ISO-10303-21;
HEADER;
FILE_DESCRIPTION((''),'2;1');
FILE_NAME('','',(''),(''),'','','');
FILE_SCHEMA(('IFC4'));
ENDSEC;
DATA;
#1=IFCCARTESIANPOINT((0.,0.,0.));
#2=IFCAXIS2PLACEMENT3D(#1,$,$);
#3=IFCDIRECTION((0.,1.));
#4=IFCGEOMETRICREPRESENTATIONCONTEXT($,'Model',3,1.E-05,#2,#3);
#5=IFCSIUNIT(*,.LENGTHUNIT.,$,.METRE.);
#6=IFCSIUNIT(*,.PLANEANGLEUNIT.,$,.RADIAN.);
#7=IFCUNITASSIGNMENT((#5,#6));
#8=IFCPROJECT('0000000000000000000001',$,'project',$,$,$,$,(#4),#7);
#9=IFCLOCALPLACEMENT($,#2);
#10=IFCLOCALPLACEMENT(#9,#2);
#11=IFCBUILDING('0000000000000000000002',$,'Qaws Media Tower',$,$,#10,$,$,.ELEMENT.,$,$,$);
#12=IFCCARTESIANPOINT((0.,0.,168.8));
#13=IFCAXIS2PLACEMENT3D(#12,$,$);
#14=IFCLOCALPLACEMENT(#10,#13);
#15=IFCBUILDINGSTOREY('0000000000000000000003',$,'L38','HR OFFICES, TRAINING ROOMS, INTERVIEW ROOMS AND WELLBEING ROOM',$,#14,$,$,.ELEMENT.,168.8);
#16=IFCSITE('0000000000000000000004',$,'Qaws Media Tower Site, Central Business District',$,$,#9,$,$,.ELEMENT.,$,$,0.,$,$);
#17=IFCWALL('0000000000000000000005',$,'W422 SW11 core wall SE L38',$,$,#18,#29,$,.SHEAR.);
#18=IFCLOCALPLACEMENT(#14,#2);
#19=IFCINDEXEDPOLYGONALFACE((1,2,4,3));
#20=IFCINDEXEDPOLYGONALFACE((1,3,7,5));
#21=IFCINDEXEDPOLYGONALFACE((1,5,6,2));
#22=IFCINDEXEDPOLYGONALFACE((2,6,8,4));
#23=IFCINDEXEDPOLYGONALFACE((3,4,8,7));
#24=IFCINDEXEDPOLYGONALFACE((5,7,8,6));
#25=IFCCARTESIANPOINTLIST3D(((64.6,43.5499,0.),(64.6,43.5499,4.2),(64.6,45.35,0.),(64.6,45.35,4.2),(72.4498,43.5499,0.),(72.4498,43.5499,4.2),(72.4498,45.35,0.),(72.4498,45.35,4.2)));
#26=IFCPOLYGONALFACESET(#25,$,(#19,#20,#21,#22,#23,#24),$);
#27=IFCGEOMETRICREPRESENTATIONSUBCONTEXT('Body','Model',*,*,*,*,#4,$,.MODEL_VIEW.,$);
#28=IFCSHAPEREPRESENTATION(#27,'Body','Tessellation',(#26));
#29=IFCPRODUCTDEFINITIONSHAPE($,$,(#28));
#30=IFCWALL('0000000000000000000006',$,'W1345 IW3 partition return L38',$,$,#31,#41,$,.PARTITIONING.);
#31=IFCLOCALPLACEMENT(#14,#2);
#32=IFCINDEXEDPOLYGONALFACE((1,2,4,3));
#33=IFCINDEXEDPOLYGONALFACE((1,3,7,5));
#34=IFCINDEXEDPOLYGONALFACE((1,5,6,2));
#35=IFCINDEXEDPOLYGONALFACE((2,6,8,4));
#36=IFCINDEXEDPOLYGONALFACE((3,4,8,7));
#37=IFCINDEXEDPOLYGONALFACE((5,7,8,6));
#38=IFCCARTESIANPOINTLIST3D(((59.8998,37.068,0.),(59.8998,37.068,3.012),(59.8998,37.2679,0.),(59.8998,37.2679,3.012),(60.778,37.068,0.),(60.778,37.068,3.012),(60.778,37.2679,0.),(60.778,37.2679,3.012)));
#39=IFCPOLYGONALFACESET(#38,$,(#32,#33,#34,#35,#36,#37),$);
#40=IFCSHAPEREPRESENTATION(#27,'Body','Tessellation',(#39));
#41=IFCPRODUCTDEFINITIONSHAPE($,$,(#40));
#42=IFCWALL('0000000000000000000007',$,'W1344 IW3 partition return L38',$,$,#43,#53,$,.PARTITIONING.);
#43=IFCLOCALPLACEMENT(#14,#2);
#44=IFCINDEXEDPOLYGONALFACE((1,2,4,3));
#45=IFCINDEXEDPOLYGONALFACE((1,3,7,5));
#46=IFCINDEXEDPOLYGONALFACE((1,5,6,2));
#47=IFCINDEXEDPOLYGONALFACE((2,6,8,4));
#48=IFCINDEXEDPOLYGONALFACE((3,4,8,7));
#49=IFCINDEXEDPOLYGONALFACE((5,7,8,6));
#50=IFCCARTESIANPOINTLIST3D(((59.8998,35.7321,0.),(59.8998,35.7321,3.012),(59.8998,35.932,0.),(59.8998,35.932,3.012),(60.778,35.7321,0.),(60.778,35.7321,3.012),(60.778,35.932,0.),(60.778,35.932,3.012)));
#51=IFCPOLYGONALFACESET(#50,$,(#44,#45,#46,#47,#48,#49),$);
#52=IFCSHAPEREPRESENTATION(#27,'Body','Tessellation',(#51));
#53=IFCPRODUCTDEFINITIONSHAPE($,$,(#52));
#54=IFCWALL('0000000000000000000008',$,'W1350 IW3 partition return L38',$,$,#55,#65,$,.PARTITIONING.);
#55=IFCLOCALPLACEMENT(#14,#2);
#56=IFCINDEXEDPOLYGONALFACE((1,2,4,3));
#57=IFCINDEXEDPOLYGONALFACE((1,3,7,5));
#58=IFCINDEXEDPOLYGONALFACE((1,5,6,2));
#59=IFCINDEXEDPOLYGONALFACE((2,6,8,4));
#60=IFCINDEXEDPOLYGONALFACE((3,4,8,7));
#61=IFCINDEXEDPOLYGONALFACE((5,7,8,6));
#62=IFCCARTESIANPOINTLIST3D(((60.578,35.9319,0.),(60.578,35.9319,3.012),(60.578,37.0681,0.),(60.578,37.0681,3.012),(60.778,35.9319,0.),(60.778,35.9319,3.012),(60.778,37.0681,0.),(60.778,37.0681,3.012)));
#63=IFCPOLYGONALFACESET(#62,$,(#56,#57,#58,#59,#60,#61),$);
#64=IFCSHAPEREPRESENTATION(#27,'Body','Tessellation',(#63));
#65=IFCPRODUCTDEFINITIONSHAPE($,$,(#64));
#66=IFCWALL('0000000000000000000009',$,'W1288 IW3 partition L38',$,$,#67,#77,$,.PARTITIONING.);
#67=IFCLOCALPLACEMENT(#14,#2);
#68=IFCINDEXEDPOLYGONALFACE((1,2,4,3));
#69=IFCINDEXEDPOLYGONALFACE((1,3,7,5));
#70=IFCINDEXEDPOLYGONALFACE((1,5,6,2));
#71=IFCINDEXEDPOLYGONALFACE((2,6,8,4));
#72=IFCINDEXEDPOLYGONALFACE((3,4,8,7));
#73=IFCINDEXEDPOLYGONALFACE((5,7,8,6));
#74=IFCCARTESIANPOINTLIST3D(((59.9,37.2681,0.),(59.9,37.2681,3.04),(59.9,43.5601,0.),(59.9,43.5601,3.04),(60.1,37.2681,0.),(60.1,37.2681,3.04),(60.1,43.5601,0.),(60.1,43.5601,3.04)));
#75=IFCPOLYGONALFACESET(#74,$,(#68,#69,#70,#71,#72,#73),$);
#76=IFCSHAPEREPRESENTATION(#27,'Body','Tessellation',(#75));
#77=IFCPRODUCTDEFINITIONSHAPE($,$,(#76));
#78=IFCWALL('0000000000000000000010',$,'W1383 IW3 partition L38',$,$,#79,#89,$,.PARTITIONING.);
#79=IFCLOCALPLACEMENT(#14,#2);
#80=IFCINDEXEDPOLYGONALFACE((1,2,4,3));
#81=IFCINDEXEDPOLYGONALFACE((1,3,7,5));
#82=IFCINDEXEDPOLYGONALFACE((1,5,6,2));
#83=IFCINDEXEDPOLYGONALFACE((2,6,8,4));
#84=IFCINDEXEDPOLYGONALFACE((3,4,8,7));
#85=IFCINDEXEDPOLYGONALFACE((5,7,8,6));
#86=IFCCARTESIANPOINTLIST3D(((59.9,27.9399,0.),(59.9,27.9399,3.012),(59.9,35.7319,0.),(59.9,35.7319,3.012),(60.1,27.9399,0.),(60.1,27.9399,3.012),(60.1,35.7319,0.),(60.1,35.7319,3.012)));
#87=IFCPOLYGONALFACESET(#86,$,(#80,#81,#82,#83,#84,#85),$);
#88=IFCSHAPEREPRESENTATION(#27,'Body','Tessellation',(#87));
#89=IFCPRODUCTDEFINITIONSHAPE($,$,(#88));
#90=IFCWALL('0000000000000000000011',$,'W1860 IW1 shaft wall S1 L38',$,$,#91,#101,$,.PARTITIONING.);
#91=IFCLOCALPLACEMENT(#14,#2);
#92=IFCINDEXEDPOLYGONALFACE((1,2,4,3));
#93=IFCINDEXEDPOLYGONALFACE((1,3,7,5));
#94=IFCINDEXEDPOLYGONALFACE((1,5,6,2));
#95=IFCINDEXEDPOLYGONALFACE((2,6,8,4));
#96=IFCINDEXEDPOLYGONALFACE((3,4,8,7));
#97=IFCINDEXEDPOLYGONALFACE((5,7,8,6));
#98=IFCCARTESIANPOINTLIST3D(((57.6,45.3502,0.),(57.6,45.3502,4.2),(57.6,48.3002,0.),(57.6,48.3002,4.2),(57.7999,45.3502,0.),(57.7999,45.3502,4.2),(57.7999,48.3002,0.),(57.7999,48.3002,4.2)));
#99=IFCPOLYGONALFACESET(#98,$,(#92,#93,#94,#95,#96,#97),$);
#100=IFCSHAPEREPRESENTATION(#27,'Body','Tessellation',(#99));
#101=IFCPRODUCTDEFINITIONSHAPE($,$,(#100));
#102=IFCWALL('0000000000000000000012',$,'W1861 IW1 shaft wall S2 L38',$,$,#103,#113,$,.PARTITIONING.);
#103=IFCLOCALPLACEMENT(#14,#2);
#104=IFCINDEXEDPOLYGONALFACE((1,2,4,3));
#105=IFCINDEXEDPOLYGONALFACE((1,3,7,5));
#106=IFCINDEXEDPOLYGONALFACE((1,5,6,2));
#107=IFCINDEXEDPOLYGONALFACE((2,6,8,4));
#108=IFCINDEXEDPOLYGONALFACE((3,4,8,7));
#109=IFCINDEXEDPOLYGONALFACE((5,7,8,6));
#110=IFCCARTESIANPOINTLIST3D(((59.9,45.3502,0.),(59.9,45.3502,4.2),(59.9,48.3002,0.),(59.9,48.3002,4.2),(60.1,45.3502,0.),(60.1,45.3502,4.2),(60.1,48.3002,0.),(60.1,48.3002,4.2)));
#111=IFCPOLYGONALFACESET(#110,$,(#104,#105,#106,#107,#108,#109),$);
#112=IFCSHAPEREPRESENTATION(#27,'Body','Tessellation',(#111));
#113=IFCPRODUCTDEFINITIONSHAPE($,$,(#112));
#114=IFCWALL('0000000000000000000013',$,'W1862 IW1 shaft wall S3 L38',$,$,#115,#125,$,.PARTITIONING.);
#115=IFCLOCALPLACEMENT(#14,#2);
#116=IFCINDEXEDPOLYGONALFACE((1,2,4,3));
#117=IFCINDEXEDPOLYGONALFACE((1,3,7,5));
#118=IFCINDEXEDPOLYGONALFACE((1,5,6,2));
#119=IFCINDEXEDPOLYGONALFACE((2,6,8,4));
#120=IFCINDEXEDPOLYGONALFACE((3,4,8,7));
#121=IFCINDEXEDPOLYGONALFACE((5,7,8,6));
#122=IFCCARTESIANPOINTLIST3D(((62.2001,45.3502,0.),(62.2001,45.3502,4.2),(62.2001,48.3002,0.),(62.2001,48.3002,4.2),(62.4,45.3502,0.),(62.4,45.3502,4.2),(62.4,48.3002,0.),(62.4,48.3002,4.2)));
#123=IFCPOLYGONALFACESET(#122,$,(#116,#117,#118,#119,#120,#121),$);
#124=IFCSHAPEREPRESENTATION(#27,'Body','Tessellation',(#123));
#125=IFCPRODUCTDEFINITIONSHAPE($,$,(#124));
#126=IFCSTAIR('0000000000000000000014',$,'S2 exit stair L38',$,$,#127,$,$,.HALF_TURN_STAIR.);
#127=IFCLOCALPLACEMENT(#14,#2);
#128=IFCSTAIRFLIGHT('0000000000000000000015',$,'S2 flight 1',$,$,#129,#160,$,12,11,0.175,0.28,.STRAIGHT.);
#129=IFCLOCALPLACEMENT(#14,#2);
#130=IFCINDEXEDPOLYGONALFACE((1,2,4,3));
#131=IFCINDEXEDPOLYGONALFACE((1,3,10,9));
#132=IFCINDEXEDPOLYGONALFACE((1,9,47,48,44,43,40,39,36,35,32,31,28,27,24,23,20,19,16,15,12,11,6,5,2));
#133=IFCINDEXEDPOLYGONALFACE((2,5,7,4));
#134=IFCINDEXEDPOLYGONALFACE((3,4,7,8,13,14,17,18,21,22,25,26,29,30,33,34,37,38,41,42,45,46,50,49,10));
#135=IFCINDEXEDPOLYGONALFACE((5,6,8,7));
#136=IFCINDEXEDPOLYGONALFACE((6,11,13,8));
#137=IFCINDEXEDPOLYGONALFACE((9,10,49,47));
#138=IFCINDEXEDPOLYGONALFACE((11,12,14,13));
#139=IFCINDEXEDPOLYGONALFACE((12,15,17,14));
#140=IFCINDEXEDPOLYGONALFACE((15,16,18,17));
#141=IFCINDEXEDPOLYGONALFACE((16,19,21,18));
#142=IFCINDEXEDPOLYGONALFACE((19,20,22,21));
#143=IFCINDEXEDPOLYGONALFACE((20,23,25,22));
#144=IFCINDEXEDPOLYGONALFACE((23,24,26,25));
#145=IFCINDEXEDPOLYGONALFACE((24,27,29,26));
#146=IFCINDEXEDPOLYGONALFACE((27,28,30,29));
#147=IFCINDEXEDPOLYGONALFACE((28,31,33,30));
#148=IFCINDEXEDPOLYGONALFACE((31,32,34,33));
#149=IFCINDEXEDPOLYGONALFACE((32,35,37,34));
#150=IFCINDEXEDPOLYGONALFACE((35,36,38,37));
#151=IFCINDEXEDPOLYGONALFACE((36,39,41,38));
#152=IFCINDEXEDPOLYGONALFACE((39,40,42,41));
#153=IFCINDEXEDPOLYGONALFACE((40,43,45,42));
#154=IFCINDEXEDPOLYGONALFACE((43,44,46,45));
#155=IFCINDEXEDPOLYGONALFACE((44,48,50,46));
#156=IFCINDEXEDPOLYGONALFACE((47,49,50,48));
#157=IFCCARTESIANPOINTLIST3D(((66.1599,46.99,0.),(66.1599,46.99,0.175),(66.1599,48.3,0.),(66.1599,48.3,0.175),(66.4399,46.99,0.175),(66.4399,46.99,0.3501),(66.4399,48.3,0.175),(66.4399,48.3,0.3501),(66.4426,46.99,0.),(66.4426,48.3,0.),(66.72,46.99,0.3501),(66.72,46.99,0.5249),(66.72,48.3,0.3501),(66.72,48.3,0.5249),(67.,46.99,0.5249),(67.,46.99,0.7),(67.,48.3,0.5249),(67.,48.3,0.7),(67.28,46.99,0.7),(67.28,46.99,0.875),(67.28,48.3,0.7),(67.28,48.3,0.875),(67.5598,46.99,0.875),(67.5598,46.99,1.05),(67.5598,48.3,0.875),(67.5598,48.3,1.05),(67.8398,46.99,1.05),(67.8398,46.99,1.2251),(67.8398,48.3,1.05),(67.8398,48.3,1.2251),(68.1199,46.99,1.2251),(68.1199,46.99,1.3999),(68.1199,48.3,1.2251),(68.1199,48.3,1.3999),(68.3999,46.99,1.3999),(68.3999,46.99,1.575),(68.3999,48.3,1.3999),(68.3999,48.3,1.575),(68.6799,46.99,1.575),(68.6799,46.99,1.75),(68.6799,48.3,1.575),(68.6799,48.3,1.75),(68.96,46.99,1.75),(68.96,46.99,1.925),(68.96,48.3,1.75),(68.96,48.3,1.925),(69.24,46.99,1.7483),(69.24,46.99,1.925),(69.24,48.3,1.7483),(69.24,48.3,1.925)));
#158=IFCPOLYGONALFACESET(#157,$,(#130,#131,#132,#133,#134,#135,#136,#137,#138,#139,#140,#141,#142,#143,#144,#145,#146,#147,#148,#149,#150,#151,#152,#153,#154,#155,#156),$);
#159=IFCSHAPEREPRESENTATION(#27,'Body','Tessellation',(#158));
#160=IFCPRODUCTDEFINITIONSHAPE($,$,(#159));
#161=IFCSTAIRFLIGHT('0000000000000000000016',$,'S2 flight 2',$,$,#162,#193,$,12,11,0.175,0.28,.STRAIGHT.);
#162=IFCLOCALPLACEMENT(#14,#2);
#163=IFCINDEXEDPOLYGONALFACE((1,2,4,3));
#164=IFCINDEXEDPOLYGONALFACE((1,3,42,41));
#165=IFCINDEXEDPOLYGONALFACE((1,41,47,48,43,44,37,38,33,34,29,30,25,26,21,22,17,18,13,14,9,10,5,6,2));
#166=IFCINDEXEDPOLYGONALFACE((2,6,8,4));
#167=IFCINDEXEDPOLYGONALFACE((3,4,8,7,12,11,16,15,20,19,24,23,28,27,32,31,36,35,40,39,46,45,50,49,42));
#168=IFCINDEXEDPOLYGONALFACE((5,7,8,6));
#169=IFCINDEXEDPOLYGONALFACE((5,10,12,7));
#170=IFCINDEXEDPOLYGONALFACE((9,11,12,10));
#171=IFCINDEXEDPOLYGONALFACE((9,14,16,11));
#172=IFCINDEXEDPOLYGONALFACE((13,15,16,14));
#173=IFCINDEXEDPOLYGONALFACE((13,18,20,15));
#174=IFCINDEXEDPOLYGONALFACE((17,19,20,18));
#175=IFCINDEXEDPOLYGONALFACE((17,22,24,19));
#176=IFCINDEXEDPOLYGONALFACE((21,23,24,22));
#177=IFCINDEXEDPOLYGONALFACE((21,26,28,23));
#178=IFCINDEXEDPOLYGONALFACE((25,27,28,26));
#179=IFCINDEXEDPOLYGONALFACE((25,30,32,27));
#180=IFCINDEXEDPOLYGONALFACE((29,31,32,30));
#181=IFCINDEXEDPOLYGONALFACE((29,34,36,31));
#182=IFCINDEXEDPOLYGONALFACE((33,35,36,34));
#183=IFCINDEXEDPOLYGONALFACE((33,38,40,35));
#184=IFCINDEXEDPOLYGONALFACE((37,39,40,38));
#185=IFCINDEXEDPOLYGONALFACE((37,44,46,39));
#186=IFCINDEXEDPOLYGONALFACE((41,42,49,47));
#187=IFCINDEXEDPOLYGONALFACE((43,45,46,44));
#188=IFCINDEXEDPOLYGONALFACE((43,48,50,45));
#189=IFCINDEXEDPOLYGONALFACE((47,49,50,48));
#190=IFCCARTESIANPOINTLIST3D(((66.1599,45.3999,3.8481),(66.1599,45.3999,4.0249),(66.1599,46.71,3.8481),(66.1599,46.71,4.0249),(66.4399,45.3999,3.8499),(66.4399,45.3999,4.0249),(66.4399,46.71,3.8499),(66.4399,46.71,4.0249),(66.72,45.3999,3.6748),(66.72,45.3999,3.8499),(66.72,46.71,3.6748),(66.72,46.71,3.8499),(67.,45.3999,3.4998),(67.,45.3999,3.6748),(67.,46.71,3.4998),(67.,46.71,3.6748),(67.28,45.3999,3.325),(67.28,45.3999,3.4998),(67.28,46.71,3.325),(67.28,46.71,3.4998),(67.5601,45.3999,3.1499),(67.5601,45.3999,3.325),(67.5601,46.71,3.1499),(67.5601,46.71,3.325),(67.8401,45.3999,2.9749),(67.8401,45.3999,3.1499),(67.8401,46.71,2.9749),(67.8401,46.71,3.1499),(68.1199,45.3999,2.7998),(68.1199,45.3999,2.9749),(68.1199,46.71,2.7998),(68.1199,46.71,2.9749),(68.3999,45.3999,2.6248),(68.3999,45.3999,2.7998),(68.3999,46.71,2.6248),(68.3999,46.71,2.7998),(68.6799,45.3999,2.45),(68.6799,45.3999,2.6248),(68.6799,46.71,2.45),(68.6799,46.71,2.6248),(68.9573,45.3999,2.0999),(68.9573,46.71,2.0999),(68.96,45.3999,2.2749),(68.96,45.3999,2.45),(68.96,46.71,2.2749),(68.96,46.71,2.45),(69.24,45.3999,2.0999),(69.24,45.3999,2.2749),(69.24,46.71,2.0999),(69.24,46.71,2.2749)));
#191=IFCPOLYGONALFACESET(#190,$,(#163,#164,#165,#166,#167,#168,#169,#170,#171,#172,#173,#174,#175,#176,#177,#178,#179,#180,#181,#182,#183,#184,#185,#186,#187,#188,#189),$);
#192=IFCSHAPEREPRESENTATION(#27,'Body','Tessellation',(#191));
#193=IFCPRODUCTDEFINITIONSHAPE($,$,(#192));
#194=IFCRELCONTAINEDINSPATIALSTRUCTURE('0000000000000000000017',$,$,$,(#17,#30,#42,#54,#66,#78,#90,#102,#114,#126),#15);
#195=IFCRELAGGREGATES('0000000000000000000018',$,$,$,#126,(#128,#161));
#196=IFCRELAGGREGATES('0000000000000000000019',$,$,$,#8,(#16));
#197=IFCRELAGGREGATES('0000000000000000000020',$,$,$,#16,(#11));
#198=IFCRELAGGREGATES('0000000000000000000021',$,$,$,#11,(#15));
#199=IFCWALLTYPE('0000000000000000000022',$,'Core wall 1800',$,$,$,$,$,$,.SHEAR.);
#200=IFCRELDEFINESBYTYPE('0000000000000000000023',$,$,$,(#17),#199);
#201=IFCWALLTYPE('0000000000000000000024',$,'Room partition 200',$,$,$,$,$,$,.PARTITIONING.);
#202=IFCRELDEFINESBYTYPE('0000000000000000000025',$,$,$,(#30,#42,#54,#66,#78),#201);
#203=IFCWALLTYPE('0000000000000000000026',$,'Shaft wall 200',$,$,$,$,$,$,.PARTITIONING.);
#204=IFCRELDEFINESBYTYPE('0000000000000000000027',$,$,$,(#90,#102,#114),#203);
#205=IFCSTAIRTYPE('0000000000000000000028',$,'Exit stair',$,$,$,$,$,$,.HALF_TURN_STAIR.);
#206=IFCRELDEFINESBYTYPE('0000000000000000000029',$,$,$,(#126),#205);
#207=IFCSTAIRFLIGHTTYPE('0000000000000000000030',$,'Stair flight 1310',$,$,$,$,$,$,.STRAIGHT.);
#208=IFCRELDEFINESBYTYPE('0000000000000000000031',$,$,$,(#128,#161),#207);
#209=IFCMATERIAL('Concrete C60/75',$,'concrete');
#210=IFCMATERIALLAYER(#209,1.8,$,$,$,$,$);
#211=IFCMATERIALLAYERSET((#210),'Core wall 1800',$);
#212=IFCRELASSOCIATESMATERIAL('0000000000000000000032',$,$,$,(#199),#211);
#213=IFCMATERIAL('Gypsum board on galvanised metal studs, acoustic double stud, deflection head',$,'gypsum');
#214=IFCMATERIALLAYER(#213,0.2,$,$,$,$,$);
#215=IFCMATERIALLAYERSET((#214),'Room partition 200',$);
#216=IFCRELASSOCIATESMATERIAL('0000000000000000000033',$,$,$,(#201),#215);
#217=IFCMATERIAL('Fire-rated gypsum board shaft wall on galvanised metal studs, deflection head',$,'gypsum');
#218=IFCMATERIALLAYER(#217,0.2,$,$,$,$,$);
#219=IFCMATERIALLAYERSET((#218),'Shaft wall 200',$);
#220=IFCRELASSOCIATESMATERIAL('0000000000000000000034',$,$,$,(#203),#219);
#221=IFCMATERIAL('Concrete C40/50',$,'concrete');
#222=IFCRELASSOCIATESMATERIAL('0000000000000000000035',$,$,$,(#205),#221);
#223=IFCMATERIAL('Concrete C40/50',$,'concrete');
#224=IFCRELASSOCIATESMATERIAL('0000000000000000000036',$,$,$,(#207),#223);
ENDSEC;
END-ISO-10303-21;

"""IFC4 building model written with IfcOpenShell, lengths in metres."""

from ifc_helpers import new_model, si_unit, direction, frame, frame_2d, origin, place, context, subcontext, project, spatial, polyline, rectangle, outline, extrude, material, layer, layer_set, type_object, element, aggregate, save


model = new_model("IFC4")

# Units and contexts
model_context = context("Model", 3, precision=1e-05, world=origin(), true_north=direction((0.0, 1.0)))
body_context = subcontext(model_context, "Body", "Model", "MODEL_VIEW")
ifc_project = project(units=[si_unit("LENGTHUNIT", "METRE"), si_unit("PLANEANGLEUNIT", "RADIAN")], contexts=[model_context])

# Site, building, storey
site_placement = place(None, origin())
site = spatial("IfcSite", under=ifc_project, at=site_placement, Name="Qaws Media Tower Site, Central Business District", CompositionType="ELEMENT", RefElevation=0.0)
building_placement = place(site_placement, origin())
building = spatial("IfcBuilding", under=site, at=building_placement, Name="Qaws Media Tower", CompositionType="ELEMENT")
storey_placement = place(building_placement, frame((0.0, 0.0, 168.8)))
storey = spatial("IfcBuildingStorey", under=building, at=storey_placement, Name="L38", Description="HR OFFICES, TRAINING ROOMS, INTERVIEW ROOMS AND WELLBEING ROOM", CompositionType="ELEMENT", Elevation=168.8)

# Walls
ifc_material_1 = material(Name="Concrete C60/75", Category="concrete")
ifc_layer_1 = layer(ifc_material_1, 1.8)
ifc_layer_set_1 = layer_set([ifc_layer_1], Name="Core wall 1800")
wall_type_1 = type_object("IfcWallType", Name="Core wall 1800", PredefinedType="SHEAR", material=ifc_layer_set_1)
wall_1_placement = place(storey_placement, frame((64.6001, 44.45, 0.0), z_axis=(0.0, 0.0, 1.0), x_axis=(1.0, 0.0, 0.0)))
element("IfcWall", 1, at=wall_1_placement, inside=storey, type_object=wall_type_1, Name="W422 SW11 core wall SE L38", PredefinedType="SHEAR", context=body_context, shape_type="SweptSolid", body=[
    extrude(rectangle(XDim=7.8499, YDim=1.8, at=frame_2d((3.9248, 0.0))), origin(), (0.0, 0.0, 1.0), 4.2),
])
ifc_material_2 = material(Name="Gypsum board on galvanised metal studs, acoustic double stud, deflection head", Category="gypsum")
ifc_layer_2 = layer(ifc_material_2, 0.2)
ifc_layer_set_2 = layer_set([ifc_layer_2], Name="Room partition 200")
wall_type_2 = type_object("IfcWallType", Name="Room partition 200", PredefinedType="PARTITIONING", material=ifc_layer_set_2)
for number, where, z_axis, x_axis, name in (
    (2, (59.8999, 37.168, 0.0), (0.0, 0.0, 1.0), (1.0, 0.0, 0.0), "W1345 IW3 partition return L38"),
    (3, (59.8999, 35.832, 0.0), (0.0, 0.0, 1.0), (1.0, 0.0, 0.0), "W1344 IW3 partition return L38"),
):
    element("IfcWall", number, at=place(storey_placement, frame(where, z_axis=z_axis, x_axis=x_axis)), inside=storey, type_object=wall_type_2, Name=name, PredefinedType="PARTITIONING", context=body_context, shape_type="SweptSolid", body=[
        extrude(rectangle(XDim=0.8782, YDim=0.2, at=frame_2d((0.439, 0.0))), origin(), (0.0, 0.0, 1.0), 3.012),
    ])
wall_2_placement = place(storey_placement, frame((60.678, 37.0681, 0.0), z_axis=(0.0, 0.0, 1.0), x_axis=(0.0, -1.0, 0.0)))
element("IfcWall", 4, at=wall_2_placement, inside=storey, type_object=wall_type_2, Name="W1350 IW3 partition return L38", PredefinedType="PARTITIONING", context=body_context, shape_type="SweptSolid", body=[
    extrude(rectangle(XDim=1.1362, YDim=0.2, at=frame_2d((0.5681, 0.0))), origin(), (0.0, 0.0, 1.0), 3.012),
])
wall_3_placement = place(storey_placement, frame((60.0, 43.5601, 0.0), z_axis=(0.0, 0.0, 1.0), x_axis=(0.0, -1.0, 0.0)))
element("IfcWall", 5, at=wall_3_placement, inside=storey, type_object=wall_type_2, Name="W1288 IW3 partition L38", PredefinedType="PARTITIONING", context=body_context, shape_type="SweptSolid", body=[
    extrude(rectangle(XDim=6.292, YDim=0.2, at=frame_2d((3.146, 0.0))), origin(), (0.0, 0.0, 1.0), 3.04),
])
wall_4_placement = place(storey_placement, frame((60.0, 35.7319, 0.0), z_axis=(0.0, 0.0, 1.0), x_axis=(0.0, -1.0, 0.0)))
element("IfcWall", 6, at=wall_4_placement, inside=storey, type_object=wall_type_2, Name="W1383 IW3 partition L38", PredefinedType="PARTITIONING", context=body_context, shape_type="SweptSolid", body=[
    extrude(rectangle(XDim=7.792, YDim=0.2, at=frame_2d((3.896, 0.0))), origin(), (0.0, 0.0, 1.0), 3.012),
])
ifc_material_3 = material(Name="Fire-rated gypsum board shaft wall on galvanised metal studs, deflection head", Category="gypsum")
ifc_layer_3 = layer(ifc_material_3, 0.2)
ifc_layer_set_3 = layer_set([ifc_layer_3], Name="Shaft wall 200")
wall_type_3 = type_object("IfcWallType", Name="Shaft wall 200", PredefinedType="PARTITIONING", material=ifc_layer_set_3)
for number, where, z_axis, x_axis, name in (
    (7, (57.7, 45.3501, 0.0), (0.0, 0.0, 1.0), (0.0, 1.0, 0.0), "W1860 IW1 shaft wall S1 L38"),
    (8, (60.0, 45.3501, 0.0), (0.0, 0.0, 1.0), (0.0, 1.0, 0.0), "W1861 IW1 shaft wall S2 L38"),
    (9, (62.3, 45.3501, 0.0), (0.0, 0.0, 1.0), (0.0, 1.0, 0.0), "W1862 IW1 shaft wall S3 L38"),
):
    element("IfcWall", number, at=place(storey_placement, frame(where, z_axis=z_axis, x_axis=x_axis)), inside=storey, type_object=wall_type_3, Name=name, PredefinedType="PARTITIONING", context=body_context, shape_type="SweptSolid", body=[
        extrude(rectangle(XDim=2.95, YDim=0.2, at=frame_2d((1.4751, 0.0))), origin(), (0.0, 0.0, 1.0), 4.2),
    ])

# Stair, stair flights
ifc_material_4 = material(Name="Concrete C40/50", Category="concrete")
stair_type = type_object("IfcStairType", Name="Exit stair", PredefinedType="HALF_TURN_STAIR", material=ifc_material_4)
stair_placement = place(storey_placement, origin())
stair = element("IfcStair", 10, at=stair_placement, inside=storey, type_object=stair_type, Name="S2 exit stair L38", PredefinedType="HALF_TURN_STAIR")
ifc_material_5 = material(Name="Concrete C40/50", Category="concrete")
stair_flight_type = type_object("IfcStairFlightType", Name="Stair flight 1310", PredefinedType="STRAIGHT", material=ifc_material_5)
stair_flight_1_placement = place(storey_placement, frame((66.1599, 47.645, 0.0), z_axis=(0.0, 0.0, 1.0), x_axis=(1.0, 0.0, 0.0)))
stair_flight_1 = element("IfcStairFlight", 11, at=stair_flight_1_placement, type_object=stair_flight_type, Name="S2 flight 1", NumberOfRisers=12, NumberOfTreads=11, PredefinedType="STRAIGHT", RiserHeight=0.175, TreadLength=0.28, context=body_context, shape_type="SweptSolid", body=[
    extrude(outline(polyline([(0.0, 0.0), (0.0, 0.175), (0.28, 0.175), (0.28, 0.3501), (0.5601, 0.3501), (0.5601, 0.5249), (0.8401, 0.5249), (0.8401, 0.7), (1.1201, 0.7), (1.1201, 0.875), (1.3999, 0.875), (1.3999, 1.05), (1.6799, 1.05), (1.6799, 1.2251), (1.96, 1.2251), (1.96, 1.3999), (2.24, 1.3999), (2.24, 1.575), (2.52, 1.575), (2.52, 1.75), (2.8, 1.75), (2.8, 1.925), (3.0801, 1.925), (3.0801, 2.1001), (3.0801, 1.7483), (0.2827, 0.0), (0.0, 0.0)])), frame((0.0, 0.655, 0.0), z_axis=(0.0, -1.0, 0.0), x_axis=(1.0, 0.0, 0.0)), (0.0, 0.0, 1.0), 1.3101),
])
stair_flight_2_placement = place(storey_placement, frame((69.24, 46.0549, 2.0999), z_axis=(0.0, 0.0, 1.0), x_axis=(-1.0, 0.0, 0.0)))
stair_flight_2 = element("IfcStairFlight", 12, at=stair_flight_2_placement, type_object=stair_flight_type, Name="S2 flight 2", NumberOfRisers=12, NumberOfTreads=11, PredefinedType="STRAIGHT", RiserHeight=0.175, TreadLength=0.28, context=body_context, shape_type="SweptSolid", body=[
    extrude(outline(polyline([(0.0, 0.0), (0.0, 0.175), (0.28, 0.175), (0.28, 0.3501), (0.5601, 0.3501), (0.5601, 0.5249), (0.8401, 0.5249), (0.8401, 0.7), (1.1201, 0.7), (1.1201, 0.875), (1.3999, 0.875), (1.3999, 1.05), (1.6799, 1.05), (1.6799, 1.2251), (1.96, 1.2251), (1.96, 1.3999), (2.24, 1.3999), (2.24, 1.575), (2.52, 1.575), (2.52, 1.75), (2.8, 1.75), (2.8, 1.925), (3.0801, 1.925), (3.0801, 2.1001), (3.0801, 1.7483), (0.2827, 0.0), (0.0, 0.0)])), frame((0.0, 0.655, 0.0), z_axis=(0.0, -1.0, 0.0), x_axis=(1.0, 0.0, 0.0)), (0.0, 0.0, 1.0), 1.3101),
])
aggregate(stair, [stair_flight_1, stair_flight_2])

save(model, "model.ifc")
